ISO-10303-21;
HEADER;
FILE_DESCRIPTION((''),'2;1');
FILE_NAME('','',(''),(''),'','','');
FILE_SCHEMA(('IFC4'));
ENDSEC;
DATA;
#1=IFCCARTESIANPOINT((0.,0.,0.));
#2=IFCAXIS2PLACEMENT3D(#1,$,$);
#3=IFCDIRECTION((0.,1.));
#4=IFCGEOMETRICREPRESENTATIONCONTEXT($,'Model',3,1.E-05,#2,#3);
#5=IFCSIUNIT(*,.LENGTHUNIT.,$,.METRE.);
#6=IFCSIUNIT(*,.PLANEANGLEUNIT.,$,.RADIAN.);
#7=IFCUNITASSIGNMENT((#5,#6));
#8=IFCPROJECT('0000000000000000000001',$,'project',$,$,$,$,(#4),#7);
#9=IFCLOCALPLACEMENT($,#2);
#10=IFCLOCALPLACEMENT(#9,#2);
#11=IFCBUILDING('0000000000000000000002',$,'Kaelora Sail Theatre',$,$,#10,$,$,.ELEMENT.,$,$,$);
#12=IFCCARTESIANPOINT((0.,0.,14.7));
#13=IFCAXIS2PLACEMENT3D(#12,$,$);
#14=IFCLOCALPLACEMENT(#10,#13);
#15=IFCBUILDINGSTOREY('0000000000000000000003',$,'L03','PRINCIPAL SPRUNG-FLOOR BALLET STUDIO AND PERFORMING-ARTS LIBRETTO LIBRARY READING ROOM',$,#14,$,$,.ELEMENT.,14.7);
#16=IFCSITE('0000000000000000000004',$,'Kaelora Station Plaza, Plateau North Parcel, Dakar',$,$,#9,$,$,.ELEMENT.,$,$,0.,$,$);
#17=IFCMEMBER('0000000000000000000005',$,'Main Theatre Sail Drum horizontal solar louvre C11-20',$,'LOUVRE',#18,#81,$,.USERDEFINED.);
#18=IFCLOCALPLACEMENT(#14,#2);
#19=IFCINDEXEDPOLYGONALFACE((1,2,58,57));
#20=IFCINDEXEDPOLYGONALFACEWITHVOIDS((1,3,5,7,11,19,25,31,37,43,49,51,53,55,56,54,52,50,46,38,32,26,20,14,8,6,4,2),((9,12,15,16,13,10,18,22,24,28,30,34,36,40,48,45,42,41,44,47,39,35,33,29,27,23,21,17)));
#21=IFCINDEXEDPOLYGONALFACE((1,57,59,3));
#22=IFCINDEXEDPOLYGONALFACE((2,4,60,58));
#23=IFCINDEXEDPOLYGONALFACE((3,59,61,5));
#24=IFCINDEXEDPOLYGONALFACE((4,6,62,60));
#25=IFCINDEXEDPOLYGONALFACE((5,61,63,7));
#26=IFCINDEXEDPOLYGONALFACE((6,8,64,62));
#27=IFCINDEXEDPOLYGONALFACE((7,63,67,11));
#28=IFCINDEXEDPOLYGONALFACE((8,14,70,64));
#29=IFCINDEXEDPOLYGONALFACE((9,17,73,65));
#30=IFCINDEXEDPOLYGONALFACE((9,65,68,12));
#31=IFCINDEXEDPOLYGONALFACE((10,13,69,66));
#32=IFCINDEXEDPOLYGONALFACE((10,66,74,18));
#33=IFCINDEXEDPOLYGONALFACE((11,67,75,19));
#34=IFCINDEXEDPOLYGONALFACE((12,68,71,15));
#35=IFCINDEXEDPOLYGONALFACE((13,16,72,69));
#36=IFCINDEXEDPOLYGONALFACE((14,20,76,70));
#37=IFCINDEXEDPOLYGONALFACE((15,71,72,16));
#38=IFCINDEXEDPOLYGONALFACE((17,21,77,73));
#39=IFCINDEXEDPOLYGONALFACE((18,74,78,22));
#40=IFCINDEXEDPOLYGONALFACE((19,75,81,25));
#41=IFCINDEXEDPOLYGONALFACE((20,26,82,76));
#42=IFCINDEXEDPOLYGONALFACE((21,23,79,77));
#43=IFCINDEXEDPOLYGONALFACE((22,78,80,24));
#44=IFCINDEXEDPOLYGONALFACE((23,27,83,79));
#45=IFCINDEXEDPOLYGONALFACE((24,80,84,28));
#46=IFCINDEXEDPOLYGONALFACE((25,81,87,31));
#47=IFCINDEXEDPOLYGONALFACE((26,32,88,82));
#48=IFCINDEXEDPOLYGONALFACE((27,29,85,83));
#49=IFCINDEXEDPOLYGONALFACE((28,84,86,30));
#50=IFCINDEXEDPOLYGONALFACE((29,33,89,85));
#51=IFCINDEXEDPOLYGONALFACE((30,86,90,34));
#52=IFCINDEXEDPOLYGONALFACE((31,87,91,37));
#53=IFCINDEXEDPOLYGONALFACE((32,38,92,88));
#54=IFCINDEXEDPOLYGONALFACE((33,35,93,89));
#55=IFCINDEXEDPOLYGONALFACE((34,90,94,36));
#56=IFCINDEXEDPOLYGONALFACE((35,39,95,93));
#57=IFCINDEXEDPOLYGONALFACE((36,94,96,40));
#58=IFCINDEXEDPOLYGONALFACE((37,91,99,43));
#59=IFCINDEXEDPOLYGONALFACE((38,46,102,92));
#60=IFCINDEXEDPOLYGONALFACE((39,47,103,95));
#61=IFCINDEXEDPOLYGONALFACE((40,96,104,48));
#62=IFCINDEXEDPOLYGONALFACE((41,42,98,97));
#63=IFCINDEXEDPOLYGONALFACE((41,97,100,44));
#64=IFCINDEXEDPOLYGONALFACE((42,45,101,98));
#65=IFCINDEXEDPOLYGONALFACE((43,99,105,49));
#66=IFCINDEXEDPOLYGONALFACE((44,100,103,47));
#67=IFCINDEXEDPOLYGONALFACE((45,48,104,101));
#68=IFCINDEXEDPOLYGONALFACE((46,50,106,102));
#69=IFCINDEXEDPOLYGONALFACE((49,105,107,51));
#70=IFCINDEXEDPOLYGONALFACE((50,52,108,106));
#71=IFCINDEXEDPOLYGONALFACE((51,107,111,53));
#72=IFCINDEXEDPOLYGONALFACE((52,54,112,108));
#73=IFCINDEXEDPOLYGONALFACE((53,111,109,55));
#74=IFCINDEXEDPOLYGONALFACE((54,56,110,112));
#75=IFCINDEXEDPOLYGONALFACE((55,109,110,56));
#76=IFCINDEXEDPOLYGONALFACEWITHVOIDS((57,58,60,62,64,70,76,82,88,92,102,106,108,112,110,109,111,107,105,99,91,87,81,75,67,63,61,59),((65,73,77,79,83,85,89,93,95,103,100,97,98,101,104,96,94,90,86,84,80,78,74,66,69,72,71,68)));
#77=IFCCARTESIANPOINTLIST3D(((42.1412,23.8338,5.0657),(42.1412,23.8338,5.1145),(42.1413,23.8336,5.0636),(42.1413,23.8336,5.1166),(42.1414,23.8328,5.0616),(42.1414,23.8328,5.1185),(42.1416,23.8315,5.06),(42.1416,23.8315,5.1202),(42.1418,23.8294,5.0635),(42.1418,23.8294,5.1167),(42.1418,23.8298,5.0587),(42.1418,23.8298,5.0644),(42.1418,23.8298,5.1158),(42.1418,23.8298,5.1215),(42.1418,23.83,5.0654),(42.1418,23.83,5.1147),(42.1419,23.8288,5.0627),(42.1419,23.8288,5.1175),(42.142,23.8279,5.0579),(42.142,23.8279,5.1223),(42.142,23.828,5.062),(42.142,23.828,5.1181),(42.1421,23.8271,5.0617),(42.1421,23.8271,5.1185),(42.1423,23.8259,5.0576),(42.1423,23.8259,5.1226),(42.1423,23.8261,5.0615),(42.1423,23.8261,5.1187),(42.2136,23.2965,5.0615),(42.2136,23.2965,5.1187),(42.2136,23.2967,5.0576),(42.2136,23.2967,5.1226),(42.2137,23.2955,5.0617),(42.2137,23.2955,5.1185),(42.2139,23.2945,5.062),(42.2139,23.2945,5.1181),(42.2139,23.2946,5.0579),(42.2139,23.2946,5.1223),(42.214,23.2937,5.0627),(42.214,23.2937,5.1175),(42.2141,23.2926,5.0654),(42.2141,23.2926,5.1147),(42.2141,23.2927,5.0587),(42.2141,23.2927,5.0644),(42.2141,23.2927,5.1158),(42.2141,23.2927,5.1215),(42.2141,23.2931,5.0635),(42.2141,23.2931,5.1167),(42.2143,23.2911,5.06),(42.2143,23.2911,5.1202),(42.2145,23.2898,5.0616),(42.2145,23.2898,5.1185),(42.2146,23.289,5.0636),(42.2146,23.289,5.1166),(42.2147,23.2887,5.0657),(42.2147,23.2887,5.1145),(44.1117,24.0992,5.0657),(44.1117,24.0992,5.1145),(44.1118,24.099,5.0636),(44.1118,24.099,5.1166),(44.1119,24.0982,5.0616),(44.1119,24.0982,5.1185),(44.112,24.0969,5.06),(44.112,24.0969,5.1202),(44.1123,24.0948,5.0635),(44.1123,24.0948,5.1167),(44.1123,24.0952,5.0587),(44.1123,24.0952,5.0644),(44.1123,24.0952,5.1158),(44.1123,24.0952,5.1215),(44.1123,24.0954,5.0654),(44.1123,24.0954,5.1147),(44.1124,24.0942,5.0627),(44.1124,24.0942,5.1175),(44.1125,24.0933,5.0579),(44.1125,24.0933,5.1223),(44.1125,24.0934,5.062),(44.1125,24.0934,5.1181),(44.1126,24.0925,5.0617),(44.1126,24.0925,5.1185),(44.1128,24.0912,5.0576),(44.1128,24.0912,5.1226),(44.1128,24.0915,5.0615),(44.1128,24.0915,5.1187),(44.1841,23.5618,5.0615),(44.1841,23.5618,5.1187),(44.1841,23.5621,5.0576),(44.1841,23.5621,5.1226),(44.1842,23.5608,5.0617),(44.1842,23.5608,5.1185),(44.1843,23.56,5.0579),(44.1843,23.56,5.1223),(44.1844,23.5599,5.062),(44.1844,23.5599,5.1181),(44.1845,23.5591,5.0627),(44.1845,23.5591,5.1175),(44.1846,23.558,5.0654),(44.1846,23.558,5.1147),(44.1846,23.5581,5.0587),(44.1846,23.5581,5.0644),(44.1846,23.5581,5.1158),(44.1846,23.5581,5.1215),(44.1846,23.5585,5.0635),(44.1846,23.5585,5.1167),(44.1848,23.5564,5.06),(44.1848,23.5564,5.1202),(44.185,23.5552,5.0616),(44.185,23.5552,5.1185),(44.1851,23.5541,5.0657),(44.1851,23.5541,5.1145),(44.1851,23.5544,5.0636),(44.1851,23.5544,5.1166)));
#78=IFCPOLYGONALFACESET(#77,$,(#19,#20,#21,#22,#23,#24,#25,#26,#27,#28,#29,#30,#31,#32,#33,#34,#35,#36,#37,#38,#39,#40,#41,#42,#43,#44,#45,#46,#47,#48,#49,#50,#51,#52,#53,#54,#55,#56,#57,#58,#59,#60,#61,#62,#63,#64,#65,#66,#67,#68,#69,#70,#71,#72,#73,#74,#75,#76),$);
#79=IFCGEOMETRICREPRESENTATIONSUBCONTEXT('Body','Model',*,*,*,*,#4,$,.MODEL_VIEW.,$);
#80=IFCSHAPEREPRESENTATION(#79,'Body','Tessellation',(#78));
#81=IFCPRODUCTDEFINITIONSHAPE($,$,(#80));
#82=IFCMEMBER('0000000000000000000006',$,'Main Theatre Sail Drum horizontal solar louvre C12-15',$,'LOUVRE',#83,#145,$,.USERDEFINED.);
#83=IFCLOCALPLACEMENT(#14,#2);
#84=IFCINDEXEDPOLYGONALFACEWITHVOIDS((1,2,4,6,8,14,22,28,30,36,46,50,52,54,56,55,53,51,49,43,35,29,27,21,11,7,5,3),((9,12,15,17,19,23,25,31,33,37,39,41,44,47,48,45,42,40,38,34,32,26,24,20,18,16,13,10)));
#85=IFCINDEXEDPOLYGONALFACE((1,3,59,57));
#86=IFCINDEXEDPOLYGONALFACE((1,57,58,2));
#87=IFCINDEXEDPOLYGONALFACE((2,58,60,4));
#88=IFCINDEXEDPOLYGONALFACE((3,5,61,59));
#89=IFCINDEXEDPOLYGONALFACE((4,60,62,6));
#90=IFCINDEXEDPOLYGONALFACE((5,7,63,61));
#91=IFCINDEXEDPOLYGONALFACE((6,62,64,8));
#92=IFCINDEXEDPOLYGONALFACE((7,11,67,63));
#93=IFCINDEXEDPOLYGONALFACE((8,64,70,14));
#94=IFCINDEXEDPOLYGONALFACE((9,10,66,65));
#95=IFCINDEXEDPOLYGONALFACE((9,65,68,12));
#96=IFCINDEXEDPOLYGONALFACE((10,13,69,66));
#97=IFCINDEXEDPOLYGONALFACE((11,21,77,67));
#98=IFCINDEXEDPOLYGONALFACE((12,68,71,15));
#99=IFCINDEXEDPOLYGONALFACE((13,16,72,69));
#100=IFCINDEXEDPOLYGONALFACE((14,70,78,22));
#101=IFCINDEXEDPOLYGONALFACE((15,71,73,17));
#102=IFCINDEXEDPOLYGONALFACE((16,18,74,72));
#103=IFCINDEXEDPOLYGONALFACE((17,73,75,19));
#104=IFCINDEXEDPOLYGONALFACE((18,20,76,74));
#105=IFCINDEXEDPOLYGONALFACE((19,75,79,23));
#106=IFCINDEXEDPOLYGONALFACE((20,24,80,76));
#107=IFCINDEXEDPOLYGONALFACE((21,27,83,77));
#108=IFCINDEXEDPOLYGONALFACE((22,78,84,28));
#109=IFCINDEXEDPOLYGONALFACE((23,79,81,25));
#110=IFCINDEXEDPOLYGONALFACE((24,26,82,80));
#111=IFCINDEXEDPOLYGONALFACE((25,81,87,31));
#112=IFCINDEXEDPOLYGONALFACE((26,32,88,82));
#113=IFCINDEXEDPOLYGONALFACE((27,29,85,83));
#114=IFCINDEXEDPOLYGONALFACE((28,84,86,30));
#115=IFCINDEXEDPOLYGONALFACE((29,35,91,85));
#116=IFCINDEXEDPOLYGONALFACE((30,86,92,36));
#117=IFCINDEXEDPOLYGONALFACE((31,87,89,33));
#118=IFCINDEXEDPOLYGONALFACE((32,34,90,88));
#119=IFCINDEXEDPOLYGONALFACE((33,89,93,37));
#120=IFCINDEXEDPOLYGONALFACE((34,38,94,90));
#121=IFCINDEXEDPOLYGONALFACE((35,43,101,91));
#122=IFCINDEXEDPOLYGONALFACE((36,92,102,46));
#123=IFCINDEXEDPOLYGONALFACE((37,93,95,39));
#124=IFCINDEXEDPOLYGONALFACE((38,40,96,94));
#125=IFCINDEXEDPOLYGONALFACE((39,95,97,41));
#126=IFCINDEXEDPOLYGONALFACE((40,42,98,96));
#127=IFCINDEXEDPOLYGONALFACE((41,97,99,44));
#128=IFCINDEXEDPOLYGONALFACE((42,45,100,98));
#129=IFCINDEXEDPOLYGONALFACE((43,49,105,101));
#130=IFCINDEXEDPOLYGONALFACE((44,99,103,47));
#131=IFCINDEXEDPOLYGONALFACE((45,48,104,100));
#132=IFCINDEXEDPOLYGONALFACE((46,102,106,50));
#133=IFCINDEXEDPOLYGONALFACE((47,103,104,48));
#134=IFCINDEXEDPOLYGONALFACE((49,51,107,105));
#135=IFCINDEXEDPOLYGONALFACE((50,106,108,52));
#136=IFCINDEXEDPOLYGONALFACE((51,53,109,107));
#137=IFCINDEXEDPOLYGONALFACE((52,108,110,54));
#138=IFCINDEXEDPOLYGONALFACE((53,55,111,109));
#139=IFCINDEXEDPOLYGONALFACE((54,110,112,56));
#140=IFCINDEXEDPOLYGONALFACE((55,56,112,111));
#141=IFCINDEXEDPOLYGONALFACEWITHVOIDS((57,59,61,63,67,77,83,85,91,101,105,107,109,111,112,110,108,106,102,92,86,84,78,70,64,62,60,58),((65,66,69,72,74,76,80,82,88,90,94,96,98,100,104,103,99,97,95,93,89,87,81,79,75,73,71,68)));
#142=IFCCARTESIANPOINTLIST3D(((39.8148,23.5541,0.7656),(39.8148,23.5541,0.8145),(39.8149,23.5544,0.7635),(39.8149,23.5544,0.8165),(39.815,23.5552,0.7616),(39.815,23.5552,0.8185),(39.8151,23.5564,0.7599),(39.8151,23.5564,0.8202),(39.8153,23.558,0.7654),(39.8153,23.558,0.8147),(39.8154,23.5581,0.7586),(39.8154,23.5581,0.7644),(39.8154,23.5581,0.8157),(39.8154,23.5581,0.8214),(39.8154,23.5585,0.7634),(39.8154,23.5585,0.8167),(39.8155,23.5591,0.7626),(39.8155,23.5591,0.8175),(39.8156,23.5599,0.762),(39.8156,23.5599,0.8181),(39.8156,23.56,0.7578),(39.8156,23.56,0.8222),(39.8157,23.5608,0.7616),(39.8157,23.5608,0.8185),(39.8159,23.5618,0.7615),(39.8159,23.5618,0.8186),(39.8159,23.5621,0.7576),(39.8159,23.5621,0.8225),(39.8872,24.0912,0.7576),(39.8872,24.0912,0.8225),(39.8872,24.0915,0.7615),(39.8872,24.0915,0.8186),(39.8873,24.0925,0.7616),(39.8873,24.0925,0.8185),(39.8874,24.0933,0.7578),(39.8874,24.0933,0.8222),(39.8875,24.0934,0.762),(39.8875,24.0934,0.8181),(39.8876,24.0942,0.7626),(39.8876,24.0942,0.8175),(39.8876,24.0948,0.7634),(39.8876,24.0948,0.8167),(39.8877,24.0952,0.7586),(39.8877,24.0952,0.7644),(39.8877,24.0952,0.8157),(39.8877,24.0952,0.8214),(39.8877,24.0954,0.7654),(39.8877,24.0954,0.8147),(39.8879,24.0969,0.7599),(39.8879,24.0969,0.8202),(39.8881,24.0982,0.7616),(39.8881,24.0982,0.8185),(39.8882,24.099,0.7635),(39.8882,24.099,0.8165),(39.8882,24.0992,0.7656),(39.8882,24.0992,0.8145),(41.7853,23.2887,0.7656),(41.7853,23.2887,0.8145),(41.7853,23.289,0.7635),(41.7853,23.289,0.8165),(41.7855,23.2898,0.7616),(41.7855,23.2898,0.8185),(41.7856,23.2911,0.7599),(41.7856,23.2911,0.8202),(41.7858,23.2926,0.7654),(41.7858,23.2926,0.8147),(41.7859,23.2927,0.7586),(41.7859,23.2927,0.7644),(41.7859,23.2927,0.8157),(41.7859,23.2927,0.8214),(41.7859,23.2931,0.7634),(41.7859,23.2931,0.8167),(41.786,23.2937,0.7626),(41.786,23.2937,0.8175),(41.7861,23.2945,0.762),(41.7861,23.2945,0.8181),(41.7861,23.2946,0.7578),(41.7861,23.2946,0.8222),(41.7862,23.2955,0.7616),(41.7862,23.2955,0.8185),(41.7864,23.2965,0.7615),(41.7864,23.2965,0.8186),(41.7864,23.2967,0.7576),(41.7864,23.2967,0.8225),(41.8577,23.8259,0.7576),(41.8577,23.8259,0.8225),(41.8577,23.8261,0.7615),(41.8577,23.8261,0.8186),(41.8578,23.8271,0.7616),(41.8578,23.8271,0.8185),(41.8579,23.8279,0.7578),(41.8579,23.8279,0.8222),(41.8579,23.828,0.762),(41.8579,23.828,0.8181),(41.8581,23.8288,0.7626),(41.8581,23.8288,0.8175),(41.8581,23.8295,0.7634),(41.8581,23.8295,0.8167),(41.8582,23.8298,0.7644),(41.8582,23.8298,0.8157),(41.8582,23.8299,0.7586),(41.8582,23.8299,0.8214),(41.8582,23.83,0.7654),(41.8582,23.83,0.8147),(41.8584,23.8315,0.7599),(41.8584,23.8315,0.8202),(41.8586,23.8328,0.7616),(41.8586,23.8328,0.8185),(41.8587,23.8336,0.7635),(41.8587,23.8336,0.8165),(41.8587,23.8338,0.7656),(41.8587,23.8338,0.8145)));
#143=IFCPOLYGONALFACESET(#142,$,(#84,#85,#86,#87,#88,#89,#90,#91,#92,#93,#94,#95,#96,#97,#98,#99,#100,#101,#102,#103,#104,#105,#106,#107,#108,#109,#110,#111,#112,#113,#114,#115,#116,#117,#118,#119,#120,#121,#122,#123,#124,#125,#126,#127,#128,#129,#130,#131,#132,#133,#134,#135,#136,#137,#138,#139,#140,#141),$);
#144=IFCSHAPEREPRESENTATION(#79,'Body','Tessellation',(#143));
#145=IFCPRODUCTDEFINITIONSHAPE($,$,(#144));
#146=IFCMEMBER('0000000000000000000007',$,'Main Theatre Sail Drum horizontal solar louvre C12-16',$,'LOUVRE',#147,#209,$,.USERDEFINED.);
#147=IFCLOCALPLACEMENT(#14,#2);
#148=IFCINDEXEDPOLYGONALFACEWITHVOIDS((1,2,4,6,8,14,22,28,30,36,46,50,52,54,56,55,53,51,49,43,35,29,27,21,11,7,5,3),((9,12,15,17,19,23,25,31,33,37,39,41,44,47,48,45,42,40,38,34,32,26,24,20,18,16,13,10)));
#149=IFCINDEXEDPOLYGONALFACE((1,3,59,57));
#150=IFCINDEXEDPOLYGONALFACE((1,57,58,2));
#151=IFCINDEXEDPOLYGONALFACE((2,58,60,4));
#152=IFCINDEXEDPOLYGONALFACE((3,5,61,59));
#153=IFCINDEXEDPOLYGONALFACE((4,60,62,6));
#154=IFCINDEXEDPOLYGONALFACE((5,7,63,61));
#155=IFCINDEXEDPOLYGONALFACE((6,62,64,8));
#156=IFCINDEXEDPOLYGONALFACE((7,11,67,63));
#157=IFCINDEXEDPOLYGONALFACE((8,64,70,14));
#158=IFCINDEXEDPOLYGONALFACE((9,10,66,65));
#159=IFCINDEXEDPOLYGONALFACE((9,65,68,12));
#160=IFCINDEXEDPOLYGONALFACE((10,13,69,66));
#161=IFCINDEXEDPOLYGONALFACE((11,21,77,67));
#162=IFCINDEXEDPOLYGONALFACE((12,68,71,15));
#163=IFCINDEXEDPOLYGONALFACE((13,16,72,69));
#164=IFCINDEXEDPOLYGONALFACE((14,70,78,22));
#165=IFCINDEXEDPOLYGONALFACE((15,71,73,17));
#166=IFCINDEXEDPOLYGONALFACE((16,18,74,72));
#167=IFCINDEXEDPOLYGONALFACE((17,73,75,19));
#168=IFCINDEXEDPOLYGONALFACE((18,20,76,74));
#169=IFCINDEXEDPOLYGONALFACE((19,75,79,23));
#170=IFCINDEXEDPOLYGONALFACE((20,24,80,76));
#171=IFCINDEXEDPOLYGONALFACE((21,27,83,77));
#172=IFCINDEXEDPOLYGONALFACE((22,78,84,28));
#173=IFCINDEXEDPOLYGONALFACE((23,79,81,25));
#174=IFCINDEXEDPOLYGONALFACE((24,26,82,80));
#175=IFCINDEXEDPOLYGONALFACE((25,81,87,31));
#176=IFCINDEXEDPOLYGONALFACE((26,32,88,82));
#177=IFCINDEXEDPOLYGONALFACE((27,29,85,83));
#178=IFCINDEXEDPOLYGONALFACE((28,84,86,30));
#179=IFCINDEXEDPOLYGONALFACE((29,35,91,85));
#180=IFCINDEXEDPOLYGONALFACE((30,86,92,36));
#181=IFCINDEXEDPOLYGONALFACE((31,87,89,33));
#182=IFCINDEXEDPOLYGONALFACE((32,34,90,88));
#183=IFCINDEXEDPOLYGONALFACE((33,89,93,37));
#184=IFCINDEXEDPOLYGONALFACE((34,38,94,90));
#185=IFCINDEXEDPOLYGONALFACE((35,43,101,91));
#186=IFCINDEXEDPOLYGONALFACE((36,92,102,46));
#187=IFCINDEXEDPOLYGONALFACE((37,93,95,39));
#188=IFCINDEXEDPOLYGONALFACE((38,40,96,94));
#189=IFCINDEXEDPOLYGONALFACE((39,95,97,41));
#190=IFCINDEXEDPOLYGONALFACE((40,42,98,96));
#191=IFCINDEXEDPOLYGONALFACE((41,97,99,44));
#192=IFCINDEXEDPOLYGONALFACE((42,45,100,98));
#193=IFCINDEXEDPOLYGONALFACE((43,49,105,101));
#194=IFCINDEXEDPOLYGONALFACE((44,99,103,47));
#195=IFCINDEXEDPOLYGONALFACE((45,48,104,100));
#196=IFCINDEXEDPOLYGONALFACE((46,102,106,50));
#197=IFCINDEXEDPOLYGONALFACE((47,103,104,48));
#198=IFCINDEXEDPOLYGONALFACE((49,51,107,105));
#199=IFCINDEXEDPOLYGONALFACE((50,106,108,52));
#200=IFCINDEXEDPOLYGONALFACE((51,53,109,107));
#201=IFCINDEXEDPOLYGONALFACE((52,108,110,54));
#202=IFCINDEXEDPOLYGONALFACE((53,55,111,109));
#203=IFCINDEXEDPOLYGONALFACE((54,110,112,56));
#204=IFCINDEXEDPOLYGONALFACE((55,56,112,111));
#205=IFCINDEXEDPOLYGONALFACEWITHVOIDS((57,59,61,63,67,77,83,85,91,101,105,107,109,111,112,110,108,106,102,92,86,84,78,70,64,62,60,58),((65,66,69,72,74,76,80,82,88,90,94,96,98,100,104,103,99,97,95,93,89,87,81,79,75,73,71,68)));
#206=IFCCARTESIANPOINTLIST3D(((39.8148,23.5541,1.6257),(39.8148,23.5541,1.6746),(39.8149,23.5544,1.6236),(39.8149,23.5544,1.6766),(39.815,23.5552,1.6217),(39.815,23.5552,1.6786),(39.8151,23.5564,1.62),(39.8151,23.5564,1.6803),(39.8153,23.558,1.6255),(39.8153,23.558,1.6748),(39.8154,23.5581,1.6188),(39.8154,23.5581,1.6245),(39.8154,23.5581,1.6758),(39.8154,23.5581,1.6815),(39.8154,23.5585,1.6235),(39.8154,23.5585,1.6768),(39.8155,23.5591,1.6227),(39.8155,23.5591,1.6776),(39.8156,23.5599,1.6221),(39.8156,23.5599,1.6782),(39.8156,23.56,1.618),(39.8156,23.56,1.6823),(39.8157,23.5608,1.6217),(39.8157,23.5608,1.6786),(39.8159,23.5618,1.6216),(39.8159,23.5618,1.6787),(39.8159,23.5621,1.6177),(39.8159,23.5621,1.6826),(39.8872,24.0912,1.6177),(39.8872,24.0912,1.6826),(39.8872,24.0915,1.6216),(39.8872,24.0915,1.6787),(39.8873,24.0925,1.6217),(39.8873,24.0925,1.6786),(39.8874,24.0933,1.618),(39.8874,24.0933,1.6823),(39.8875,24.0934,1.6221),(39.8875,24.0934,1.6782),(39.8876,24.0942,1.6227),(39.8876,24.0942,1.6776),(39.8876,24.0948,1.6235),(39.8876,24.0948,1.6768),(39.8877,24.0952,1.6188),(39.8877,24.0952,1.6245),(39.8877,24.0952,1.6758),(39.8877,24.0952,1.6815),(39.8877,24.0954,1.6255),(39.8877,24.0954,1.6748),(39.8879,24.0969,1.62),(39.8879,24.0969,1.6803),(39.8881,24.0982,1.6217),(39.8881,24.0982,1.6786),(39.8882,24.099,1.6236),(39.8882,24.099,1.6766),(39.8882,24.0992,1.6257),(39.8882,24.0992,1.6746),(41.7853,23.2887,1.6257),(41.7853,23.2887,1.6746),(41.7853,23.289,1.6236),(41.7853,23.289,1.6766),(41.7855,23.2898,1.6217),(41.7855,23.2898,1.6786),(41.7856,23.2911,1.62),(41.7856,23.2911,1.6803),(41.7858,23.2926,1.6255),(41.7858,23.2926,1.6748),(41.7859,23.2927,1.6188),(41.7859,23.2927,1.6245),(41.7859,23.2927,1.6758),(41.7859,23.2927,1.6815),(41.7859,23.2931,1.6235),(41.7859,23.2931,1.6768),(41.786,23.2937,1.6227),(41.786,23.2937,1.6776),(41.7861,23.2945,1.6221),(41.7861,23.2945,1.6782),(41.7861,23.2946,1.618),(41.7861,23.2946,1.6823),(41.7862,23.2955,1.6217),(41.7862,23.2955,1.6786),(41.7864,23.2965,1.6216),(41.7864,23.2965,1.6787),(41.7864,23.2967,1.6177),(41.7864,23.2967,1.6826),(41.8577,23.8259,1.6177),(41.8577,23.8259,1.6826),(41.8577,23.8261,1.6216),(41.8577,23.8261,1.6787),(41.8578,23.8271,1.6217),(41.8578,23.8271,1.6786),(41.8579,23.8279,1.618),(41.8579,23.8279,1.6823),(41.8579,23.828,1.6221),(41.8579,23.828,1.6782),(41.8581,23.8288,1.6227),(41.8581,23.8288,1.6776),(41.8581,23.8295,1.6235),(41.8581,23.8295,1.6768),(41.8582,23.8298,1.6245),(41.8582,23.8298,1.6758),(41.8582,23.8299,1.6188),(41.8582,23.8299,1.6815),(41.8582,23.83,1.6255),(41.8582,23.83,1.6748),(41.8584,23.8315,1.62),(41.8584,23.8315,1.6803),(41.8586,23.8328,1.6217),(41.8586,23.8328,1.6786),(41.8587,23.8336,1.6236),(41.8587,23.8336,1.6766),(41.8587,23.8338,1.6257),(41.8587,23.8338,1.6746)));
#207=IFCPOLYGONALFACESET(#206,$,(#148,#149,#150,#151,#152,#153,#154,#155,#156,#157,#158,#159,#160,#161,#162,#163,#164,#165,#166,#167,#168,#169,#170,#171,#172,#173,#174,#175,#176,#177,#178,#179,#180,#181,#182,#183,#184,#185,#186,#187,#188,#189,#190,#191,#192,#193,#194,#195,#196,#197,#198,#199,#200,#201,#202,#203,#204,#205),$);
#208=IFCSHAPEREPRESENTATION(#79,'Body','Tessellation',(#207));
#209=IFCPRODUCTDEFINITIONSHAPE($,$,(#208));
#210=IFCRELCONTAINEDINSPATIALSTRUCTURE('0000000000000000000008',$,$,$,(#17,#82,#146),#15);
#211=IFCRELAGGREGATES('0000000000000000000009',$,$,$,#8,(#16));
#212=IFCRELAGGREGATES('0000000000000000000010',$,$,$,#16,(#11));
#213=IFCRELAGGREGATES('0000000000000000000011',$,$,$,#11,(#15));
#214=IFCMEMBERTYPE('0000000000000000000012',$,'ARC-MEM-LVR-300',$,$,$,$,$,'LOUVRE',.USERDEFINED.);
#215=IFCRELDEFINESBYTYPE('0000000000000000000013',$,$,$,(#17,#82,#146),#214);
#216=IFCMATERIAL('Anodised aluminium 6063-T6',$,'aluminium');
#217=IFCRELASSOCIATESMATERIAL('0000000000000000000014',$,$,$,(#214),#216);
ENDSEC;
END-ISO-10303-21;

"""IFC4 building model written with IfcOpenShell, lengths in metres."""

from ifc_helpers import new_model, si_unit, direction, frame, origin, origin_2d, place, context, subcontext, project, spatial, hollow_rectangle, extrude, material, material_profile, profile_set, type_object, element, save


model = new_model("IFC4")

# Units and contexts
model_context = context("Model", 3, precision=1e-05, world=origin(), true_north=direction((0.0, 1.0)))
body_context = subcontext(model_context, "Body", "Model", "MODEL_VIEW")
ifc_project = project(units=[si_unit("LENGTHUNIT", "METRE"), si_unit("PLANEANGLEUNIT", "RADIAN")], contexts=[model_context])

# Site, building, storey
site_placement = place(None, origin())
site = spatial("IfcSite", under=ifc_project, at=site_placement, Name="Kaelora Station Plaza, Plateau North Parcel, Dakar", CompositionType="ELEMENT", RefElevation=0.0)
building_placement = place(site_placement, origin())
building = spatial("IfcBuilding", under=site, at=building_placement, Name="Kaelora Sail Theatre", CompositionType="ELEMENT")
storey_placement = place(building_placement, frame((0.0, 0.0, 14.7)))
storey = spatial("IfcBuildingStorey", under=building, at=storey_placement, Name="L03", Description="PRINCIPAL SPRUNG-FLOOR BALLET STUDIO AND PERFORMING-ARTS LIBRETTO LIBRARY READING ROOM", CompositionType="ELEMENT", Elevation=14.7)

# Members
ifc_material_1 = material(Name="Anodised aluminium 6063-T6", Category="aluminium")
ifc_material_profile_1 = material_profile(ifc_material_1, hollow_rectangle(XDim=0.55, YDim=0.0649, WallThickness=0.0039, InnerFilletRadius=0.0039, OuterFilletRadius=0.0081, at=origin_2d()), Name="LOUVRE 550x65x4")
ifc_profile_set_1 = profile_set([ifc_material_profile_1], Name="Anodised aluminium 6063-T6")
member_type = type_object("IfcMemberType", Name="ARC-MEM-LVR-300", ElementType="LOUVRE", PredefinedType="USERDEFINED", material=ifc_profile_set_1)
for number, where, z_axis, x_axis, name in (
    (1, (44.1484, 23.8267, 5.0901), (-0.991052, -0.133475, 0.0), (0.133475, -0.991052, 0.0), "Main Theatre Sail Drum horizontal solar louvre C11-20"),
    (2, (41.822, 23.5613, 0.79), (-0.991052, 0.133475, 0.0), (-0.133475, -0.991052, 0.0), "Main Theatre Sail Drum horizontal solar louvre C12-15"),
    (3, (41.822, 23.5613, 1.6501), (-0.991052, 0.133475, 0.0), (-0.133475, -0.991052, 0.0), "Main Theatre Sail Drum horizontal solar louvre C12-16"),
):
    element("IfcMember", number, at=place(storey_placement, frame(where, z_axis=z_axis, x_axis=x_axis)), inside=storey, type_object=member_type, Name=name, ObjectType="LOUVRE", PredefinedType="USERDEFINED", context=body_context, shape_type="SweptSolid", body=[
        extrude(hollow_rectangle(XDim=0.55, YDim=0.0649, WallThickness=0.0039, InnerFilletRadius=0.0039, OuterFilletRadius=0.0081, at=origin_2d()), origin(), (0.0, 0.0, 1.0), 1.9883),
    ])

save(model, "model.ifc")
